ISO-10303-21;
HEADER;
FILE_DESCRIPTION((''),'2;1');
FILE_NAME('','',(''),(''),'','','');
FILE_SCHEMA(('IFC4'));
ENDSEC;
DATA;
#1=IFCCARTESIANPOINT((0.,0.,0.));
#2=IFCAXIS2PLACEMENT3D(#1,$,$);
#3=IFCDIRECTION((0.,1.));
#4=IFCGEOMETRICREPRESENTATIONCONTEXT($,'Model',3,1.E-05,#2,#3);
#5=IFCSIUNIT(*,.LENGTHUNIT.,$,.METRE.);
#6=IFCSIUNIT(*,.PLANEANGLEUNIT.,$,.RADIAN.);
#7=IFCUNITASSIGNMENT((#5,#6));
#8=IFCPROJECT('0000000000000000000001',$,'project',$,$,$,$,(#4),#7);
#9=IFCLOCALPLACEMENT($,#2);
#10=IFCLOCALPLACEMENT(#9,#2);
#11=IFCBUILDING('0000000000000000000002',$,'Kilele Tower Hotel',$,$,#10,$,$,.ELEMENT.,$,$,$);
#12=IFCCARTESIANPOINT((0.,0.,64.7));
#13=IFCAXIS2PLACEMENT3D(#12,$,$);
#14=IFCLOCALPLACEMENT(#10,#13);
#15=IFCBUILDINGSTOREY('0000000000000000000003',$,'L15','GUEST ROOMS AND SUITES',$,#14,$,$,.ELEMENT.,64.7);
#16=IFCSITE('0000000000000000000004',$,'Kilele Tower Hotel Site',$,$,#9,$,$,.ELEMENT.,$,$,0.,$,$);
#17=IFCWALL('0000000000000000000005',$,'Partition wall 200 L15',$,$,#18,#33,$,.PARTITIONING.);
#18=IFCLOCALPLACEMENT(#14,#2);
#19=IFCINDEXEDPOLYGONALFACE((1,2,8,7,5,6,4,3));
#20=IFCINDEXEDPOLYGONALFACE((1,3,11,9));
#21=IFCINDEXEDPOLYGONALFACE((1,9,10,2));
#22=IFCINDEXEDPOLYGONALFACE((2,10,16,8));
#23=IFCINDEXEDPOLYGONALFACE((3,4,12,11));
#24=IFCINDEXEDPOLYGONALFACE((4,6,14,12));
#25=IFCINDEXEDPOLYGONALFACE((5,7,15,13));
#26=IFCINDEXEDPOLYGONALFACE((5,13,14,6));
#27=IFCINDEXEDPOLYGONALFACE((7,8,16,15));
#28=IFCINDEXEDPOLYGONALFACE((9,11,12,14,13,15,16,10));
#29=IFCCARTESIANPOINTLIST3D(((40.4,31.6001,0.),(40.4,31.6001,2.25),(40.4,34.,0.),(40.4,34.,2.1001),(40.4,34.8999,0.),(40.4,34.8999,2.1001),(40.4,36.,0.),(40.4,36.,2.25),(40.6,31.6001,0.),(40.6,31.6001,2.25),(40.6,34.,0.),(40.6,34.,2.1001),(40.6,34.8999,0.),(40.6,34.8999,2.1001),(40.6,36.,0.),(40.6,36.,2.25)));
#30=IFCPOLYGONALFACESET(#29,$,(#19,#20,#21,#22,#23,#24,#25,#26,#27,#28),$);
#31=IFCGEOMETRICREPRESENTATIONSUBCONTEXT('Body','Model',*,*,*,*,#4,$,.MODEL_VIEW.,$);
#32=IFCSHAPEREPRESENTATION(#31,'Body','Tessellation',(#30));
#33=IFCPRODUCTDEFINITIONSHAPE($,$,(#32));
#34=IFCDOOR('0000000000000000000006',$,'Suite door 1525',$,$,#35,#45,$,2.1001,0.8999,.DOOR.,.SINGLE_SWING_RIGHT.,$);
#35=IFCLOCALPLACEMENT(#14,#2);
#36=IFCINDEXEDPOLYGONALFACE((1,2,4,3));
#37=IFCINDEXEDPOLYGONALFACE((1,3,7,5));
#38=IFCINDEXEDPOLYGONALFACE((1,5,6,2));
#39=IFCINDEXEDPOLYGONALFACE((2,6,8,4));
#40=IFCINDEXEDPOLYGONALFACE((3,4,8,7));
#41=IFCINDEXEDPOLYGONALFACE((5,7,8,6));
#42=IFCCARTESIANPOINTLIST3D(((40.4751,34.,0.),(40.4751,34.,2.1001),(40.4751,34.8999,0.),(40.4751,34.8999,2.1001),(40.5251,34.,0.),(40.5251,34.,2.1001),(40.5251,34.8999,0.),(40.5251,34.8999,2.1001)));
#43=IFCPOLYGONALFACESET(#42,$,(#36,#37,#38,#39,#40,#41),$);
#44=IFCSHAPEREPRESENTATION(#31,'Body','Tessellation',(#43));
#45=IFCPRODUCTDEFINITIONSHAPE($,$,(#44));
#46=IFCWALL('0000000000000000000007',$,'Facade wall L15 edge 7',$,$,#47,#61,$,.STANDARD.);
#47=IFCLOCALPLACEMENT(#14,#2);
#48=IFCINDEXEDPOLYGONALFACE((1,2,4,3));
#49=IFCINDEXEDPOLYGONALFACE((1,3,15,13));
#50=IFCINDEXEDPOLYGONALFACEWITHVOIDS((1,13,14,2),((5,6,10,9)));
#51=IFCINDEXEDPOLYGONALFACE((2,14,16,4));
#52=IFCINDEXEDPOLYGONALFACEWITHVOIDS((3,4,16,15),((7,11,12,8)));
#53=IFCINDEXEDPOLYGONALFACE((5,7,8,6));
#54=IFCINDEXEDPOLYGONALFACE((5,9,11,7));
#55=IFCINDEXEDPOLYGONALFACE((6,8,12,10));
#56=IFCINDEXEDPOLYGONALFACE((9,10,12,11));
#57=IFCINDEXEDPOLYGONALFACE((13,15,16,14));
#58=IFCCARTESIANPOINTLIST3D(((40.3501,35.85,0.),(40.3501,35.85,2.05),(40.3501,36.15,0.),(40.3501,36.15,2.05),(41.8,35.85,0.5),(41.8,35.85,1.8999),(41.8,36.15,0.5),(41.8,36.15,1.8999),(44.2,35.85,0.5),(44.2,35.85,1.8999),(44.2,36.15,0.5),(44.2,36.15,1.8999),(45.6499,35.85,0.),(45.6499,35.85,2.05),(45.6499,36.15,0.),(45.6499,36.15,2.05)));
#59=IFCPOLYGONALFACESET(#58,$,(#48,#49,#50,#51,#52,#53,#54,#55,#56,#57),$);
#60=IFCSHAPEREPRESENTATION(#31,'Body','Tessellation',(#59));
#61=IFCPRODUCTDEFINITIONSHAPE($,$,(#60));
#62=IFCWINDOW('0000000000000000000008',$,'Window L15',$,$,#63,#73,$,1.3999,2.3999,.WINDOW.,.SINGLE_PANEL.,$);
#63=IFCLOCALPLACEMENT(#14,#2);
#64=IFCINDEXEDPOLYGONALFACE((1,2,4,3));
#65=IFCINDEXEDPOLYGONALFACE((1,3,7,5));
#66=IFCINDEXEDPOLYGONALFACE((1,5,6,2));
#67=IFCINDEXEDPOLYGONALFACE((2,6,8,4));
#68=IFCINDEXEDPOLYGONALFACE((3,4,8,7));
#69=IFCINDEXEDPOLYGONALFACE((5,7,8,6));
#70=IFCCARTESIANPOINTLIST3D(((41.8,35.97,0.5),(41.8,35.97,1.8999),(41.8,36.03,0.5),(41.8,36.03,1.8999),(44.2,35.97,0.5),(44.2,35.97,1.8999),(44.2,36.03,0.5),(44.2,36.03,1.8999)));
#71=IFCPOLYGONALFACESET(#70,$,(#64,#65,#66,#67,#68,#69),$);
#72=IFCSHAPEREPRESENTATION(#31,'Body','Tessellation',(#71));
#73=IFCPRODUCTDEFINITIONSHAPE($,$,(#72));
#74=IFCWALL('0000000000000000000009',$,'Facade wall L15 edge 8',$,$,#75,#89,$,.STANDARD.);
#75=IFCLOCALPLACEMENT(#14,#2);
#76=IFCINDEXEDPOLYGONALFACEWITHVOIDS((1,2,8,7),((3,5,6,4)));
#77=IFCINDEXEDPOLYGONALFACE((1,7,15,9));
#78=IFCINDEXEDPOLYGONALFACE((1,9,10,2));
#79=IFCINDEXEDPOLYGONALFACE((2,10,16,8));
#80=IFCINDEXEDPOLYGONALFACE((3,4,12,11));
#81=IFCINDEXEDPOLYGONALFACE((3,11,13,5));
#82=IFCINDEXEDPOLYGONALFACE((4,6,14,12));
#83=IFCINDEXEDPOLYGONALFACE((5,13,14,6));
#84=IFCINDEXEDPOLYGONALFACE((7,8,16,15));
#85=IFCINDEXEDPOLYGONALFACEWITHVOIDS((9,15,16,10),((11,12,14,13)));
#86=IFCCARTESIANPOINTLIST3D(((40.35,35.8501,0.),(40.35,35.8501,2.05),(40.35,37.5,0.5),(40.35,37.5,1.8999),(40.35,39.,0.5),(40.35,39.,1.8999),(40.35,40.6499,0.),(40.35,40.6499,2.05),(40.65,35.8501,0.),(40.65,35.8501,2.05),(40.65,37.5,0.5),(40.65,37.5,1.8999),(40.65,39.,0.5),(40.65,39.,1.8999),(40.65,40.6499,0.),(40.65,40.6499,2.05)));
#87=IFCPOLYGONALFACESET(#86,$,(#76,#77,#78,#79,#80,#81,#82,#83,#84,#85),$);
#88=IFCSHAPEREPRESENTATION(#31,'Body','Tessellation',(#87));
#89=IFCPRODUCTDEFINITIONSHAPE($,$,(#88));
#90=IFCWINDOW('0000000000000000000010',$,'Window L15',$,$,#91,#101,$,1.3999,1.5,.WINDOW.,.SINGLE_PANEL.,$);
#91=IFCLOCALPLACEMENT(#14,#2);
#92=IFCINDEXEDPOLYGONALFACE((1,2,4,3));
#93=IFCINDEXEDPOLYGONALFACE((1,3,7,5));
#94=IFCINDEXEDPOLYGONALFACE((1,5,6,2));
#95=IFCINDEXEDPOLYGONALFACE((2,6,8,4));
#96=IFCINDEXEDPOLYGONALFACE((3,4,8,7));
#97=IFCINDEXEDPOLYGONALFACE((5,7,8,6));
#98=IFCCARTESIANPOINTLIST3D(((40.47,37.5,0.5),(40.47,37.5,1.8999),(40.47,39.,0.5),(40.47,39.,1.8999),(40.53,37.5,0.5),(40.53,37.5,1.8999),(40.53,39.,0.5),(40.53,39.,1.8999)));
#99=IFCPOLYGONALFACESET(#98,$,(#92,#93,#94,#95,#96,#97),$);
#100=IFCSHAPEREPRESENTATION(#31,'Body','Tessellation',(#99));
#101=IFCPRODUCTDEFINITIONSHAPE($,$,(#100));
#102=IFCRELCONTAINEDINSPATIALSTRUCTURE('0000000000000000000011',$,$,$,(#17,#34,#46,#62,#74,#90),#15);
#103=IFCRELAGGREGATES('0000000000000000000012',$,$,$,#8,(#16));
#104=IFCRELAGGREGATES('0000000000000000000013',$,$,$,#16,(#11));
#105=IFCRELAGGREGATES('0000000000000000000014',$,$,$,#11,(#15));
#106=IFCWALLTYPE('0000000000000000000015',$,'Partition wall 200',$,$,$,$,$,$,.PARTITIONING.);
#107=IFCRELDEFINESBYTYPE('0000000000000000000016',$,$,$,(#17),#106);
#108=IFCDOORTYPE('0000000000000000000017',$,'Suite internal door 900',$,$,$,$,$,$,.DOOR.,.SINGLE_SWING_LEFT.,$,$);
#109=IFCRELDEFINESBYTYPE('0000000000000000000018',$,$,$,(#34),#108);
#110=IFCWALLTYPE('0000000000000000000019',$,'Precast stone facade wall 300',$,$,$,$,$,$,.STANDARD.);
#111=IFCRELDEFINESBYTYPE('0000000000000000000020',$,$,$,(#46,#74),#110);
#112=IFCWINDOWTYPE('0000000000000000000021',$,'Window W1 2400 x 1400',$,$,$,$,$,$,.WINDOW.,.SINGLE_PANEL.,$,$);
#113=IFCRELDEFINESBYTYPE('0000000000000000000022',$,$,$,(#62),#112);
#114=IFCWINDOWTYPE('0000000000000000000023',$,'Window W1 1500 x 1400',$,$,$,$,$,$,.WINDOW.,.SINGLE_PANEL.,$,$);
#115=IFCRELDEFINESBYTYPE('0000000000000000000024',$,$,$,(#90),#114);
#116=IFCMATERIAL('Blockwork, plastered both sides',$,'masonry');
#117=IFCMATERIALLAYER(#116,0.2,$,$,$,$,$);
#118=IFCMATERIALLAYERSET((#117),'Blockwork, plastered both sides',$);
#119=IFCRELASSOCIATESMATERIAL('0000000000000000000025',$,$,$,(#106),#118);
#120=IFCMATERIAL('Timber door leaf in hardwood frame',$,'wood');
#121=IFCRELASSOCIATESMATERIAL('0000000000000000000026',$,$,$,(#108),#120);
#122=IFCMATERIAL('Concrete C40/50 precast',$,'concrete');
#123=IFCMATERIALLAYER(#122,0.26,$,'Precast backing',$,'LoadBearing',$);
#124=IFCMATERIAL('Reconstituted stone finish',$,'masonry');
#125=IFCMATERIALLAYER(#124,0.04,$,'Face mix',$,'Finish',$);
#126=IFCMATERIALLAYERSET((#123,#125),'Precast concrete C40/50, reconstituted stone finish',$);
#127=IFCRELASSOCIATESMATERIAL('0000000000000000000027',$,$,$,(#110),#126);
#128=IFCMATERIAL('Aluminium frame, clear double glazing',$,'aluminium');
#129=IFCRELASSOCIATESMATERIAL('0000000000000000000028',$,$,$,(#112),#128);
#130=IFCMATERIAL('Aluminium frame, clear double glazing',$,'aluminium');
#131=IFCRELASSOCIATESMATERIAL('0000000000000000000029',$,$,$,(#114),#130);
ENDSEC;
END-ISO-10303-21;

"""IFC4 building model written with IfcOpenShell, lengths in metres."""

from ifc_helpers import new_model, si_unit, direction, frame, frame_2d, origin, place, context, subcontext, project, spatial, rectangle, extrude, material, layer, layer_set, type_object, element, fill, save


model = new_model("IFC4")

# Units and contexts
model_context = context("Model", 3, precision=1e-05, world=origin(), true_north=direction((0.0, 1.0)))
body_context = subcontext(model_context, "Body", "Model", "MODEL_VIEW")
ifc_project = project(units=[si_unit("LENGTHUNIT", "METRE"), si_unit("PLANEANGLEUNIT", "RADIAN")], contexts=[model_context])

# Site, building, storey
site_placement = place(None, origin())
site = spatial("IfcSite", under=ifc_project, at=site_placement, Name="Kilele Tower Hotel Site", CompositionType="ELEMENT", RefElevation=0.0)
building_placement = place(site_placement, origin())
building = spatial("IfcBuilding", under=site, at=building_placement, Name="Kilele Tower Hotel", CompositionType="ELEMENT")
storey_placement = place(building_placement, frame((0.0, 0.0, 64.7)))
storey = spatial("IfcBuildingStorey", under=building, at=storey_placement, Name="L15", Description="GUEST ROOMS AND SUITES", CompositionType="ELEMENT", Elevation=64.7)

# Wall, opening, door
ifc_material_1 = material(Name="Blockwork, plastered both sides", Category="masonry")
ifc_layer_1 = layer(ifc_material_1, 0.2)
ifc_layer_set_1 = layer_set([ifc_layer_1], Name="Blockwork, plastered both sides")
wall_type_1 = type_object("IfcWallType", Name="Partition wall 200", PredefinedType="PARTITIONING", material=ifc_layer_set_1)
wall_1_placement = place(storey_placement, frame((40.5, 31.6001, 0.0), z_axis=(0.0, 0.0, 1.0), x_axis=(0.0, 1.0, 0.0)))
wall_1 = element("IfcWall", 1, at=wall_1_placement, inside=storey, type_object=wall_type_1, Name="Partition wall 200 L15", PredefinedType="PARTITIONING", context=body_context, shape_type="SweptSolid", body=[
    extrude(rectangle(XDim=4.3999, YDim=0.2, at=frame_2d((2.2, 0.0))), origin(), (0.0, 0.0, 1.0), 2.25),
])
opening_1_placement = place(wall_1_placement, frame((2.3999, 0.0, 0.0)))
opening_1 = element("IfcOpeningElement", 2, at=opening_1_placement, cuts=wall_1, PredefinedType="OPENING", context=body_context, shape_type="SweptSolid", body=[
    extrude(rectangle(XDim=0.8999, YDim=2.1001, at=frame_2d((0.45, 1.05))), frame((0.0, 0.1099, 0.0), z_axis=(0.0, -1.0, 0.0), x_axis=(1.0, 0.0, 0.0)), (0.0, 0.0, 1.0), 0.22),
])
ifc_material_2 = material(Name="Timber door leaf in hardwood frame", Category="wood")
door_type_1 = type_object("IfcDoorType", Name="Suite internal door 900", OperationType="SINGLE_SWING_LEFT", PredefinedType="DOOR", material=ifc_material_2)
door_1_placement = place(opening_1_placement, origin())
door_1 = element("IfcDoor", 3, at=door_1_placement, inside=storey, type_object=door_type_1, Name="Suite door 1525", OperationType="SINGLE_SWING_RIGHT", OverallHeight=2.1001, OverallWidth=0.8999, PredefinedType="DOOR", context=body_context, shape_type="SweptSolid", body=[
    extrude(rectangle(XDim=0.8999, YDim=2.1001, at=frame_2d((0.45, 1.05))), frame((0.0, 0.0249, 0.0), z_axis=(0.0, -1.0, 0.0), x_axis=(1.0, 0.0, 0.0)), (0.0, 0.0, 1.0), 0.05),
])
fill(opening_1, door_1)

# Walls, openings, windows
ifc_material_3 = material(Name="Concrete C40/50 precast", Category="concrete")
ifc_layer_2 = layer(ifc_material_3, 0.26, Name="Precast backing", Category="LoadBearing")
ifc_material_4 = material(Name="Reconstituted stone finish", Category="masonry")
ifc_layer_3 = layer(ifc_material_4, 0.04, Name="Face mix", Category="Finish")
ifc_layer_set_2 = layer_set([ifc_layer_2, ifc_layer_3], Name="Precast concrete C40/50, reconstituted stone finish")
wall_type_2 = type_object("IfcWallType", Name="Precast stone facade wall 300", PredefinedType="STANDARD", material=ifc_layer_set_2)
wall_2_placement = place(storey_placement, frame((45.6499, 36.0, 0.0), z_axis=(0.0, 0.0, 1.0), x_axis=(-1.0, 0.0, 0.0)))
wall_2 = element("IfcWall", 4, at=wall_2_placement, inside=storey, type_object=wall_type_2, Name="Facade wall L15 edge 7", PredefinedType="STANDARD", context=body_context, shape_type="SweptSolid", body=[
    extrude(rectangle(XDim=5.2998, YDim=0.3, at=frame_2d((2.6499, 0.0))), origin(), (0.0, 0.0, 1.0), 2.05),
])
opening_2_placement = place(wall_2_placement, frame((1.45, 0.0, 0.5)))
opening_2 = element("IfcOpeningElement", 5, at=opening_2_placement, cuts=wall_2, PredefinedType="OPENING", context=body_context, shape_type="SweptSolid", body=[
    extrude(rectangle(XDim=2.3999, YDim=1.3999, at=frame_2d((1.2, 0.7))), frame((0.0, 0.1599, 0.0), z_axis=(0.0, -1.0, 0.0), x_axis=(1.0, 0.0, 0.0)), (0.0, 0.0, 1.0), 0.3201),
])
ifc_material_5 = material(Name="Aluminium frame, clear double glazing", Category="aluminium")
window_type_1 = type_object("IfcWindowType", Name="Window W1 2400 x 1400", PartitioningType="SINGLE_PANEL", PredefinedType="WINDOW", material=ifc_material_5)
window_1_placement = place(opening_2_placement, origin())
window_1 = element("IfcWindow", 6, at=window_1_placement, inside=storey, type_object=window_type_1, Name="Window L15", OverallHeight=1.3999, OverallWidth=2.3999, PartitioningType="SINGLE_PANEL", PredefinedType="WINDOW", context=body_context, shape_type="SweptSolid", body=[
    extrude(rectangle(XDim=2.3999, YDim=1.3999, at=frame_2d((1.2, 0.7))), frame((0.0, 0.03, 0.0), z_axis=(0.0, -1.0, 0.0), x_axis=(1.0, 0.0, 0.0)), (0.0, 0.0, 1.0), 0.0601),
])
fill(opening_2, window_1)
wall_3_placement = place(storey_placement, frame((40.5, 35.8501, 0.0), z_axis=(0.0, 0.0, 1.0), x_axis=(0.0, 1.0, 0.0)))
wall_3 = element("IfcWall", 7, at=wall_3_placement, inside=storey, type_object=wall_type_2, Name="Facade wall L15 edge 8", PredefinedType="STANDARD", context=body_context, shape_type="SweptSolid", body=[
    extrude(rectangle(XDim=4.7998, YDim=0.3, at=frame_2d((2.3999, 0.0))), origin(), (0.0, 0.0, 1.0), 2.05),
])
opening_3_placement = place(wall_3_placement, frame((1.6499, 0.0, 0.5)))
opening_3 = element("IfcOpeningElement", 8, at=opening_3_placement, cuts=wall_3, PredefinedType="OPENING", context=body_context, shape_type="SweptSolid", body=[
    extrude(rectangle(XDim=1.5, YDim=1.3999, at=frame_2d((0.75, 0.7))), frame((0.0, 0.1599, 0.0), z_axis=(0.0, -1.0, 0.0), x_axis=(1.0, 0.0, 0.0)), (0.0, 0.0, 1.0), 0.3201),
])
ifc_material_6 = material(Name="Aluminium frame, clear double glazing", Category="aluminium")
window_type_2 = type_object("IfcWindowType", Name="Window W1 1500 x 1400", PartitioningType="SINGLE_PANEL", PredefinedType="WINDOW", material=ifc_material_6)
window_2_placement = place(opening_3_placement, origin())
window_2 = element("IfcWindow", 9, at=window_2_placement, inside=storey, type_object=window_type_2, Name="Window L15", OverallHeight=1.3999, OverallWidth=1.5, PartitioningType="SINGLE_PANEL", PredefinedType="WINDOW", context=body_context, shape_type="SweptSolid", body=[
    extrude(rectangle(XDim=1.5, YDim=1.3999, at=frame_2d((0.75, 0.7))), frame((0.0, 0.03, 0.0), z_axis=(0.0, -1.0, 0.0), x_axis=(1.0, 0.0, 0.0)), (0.0, 0.0, 1.0), 0.0601),
])
fill(opening_3, window_2)

save(model, "model.ifc")
